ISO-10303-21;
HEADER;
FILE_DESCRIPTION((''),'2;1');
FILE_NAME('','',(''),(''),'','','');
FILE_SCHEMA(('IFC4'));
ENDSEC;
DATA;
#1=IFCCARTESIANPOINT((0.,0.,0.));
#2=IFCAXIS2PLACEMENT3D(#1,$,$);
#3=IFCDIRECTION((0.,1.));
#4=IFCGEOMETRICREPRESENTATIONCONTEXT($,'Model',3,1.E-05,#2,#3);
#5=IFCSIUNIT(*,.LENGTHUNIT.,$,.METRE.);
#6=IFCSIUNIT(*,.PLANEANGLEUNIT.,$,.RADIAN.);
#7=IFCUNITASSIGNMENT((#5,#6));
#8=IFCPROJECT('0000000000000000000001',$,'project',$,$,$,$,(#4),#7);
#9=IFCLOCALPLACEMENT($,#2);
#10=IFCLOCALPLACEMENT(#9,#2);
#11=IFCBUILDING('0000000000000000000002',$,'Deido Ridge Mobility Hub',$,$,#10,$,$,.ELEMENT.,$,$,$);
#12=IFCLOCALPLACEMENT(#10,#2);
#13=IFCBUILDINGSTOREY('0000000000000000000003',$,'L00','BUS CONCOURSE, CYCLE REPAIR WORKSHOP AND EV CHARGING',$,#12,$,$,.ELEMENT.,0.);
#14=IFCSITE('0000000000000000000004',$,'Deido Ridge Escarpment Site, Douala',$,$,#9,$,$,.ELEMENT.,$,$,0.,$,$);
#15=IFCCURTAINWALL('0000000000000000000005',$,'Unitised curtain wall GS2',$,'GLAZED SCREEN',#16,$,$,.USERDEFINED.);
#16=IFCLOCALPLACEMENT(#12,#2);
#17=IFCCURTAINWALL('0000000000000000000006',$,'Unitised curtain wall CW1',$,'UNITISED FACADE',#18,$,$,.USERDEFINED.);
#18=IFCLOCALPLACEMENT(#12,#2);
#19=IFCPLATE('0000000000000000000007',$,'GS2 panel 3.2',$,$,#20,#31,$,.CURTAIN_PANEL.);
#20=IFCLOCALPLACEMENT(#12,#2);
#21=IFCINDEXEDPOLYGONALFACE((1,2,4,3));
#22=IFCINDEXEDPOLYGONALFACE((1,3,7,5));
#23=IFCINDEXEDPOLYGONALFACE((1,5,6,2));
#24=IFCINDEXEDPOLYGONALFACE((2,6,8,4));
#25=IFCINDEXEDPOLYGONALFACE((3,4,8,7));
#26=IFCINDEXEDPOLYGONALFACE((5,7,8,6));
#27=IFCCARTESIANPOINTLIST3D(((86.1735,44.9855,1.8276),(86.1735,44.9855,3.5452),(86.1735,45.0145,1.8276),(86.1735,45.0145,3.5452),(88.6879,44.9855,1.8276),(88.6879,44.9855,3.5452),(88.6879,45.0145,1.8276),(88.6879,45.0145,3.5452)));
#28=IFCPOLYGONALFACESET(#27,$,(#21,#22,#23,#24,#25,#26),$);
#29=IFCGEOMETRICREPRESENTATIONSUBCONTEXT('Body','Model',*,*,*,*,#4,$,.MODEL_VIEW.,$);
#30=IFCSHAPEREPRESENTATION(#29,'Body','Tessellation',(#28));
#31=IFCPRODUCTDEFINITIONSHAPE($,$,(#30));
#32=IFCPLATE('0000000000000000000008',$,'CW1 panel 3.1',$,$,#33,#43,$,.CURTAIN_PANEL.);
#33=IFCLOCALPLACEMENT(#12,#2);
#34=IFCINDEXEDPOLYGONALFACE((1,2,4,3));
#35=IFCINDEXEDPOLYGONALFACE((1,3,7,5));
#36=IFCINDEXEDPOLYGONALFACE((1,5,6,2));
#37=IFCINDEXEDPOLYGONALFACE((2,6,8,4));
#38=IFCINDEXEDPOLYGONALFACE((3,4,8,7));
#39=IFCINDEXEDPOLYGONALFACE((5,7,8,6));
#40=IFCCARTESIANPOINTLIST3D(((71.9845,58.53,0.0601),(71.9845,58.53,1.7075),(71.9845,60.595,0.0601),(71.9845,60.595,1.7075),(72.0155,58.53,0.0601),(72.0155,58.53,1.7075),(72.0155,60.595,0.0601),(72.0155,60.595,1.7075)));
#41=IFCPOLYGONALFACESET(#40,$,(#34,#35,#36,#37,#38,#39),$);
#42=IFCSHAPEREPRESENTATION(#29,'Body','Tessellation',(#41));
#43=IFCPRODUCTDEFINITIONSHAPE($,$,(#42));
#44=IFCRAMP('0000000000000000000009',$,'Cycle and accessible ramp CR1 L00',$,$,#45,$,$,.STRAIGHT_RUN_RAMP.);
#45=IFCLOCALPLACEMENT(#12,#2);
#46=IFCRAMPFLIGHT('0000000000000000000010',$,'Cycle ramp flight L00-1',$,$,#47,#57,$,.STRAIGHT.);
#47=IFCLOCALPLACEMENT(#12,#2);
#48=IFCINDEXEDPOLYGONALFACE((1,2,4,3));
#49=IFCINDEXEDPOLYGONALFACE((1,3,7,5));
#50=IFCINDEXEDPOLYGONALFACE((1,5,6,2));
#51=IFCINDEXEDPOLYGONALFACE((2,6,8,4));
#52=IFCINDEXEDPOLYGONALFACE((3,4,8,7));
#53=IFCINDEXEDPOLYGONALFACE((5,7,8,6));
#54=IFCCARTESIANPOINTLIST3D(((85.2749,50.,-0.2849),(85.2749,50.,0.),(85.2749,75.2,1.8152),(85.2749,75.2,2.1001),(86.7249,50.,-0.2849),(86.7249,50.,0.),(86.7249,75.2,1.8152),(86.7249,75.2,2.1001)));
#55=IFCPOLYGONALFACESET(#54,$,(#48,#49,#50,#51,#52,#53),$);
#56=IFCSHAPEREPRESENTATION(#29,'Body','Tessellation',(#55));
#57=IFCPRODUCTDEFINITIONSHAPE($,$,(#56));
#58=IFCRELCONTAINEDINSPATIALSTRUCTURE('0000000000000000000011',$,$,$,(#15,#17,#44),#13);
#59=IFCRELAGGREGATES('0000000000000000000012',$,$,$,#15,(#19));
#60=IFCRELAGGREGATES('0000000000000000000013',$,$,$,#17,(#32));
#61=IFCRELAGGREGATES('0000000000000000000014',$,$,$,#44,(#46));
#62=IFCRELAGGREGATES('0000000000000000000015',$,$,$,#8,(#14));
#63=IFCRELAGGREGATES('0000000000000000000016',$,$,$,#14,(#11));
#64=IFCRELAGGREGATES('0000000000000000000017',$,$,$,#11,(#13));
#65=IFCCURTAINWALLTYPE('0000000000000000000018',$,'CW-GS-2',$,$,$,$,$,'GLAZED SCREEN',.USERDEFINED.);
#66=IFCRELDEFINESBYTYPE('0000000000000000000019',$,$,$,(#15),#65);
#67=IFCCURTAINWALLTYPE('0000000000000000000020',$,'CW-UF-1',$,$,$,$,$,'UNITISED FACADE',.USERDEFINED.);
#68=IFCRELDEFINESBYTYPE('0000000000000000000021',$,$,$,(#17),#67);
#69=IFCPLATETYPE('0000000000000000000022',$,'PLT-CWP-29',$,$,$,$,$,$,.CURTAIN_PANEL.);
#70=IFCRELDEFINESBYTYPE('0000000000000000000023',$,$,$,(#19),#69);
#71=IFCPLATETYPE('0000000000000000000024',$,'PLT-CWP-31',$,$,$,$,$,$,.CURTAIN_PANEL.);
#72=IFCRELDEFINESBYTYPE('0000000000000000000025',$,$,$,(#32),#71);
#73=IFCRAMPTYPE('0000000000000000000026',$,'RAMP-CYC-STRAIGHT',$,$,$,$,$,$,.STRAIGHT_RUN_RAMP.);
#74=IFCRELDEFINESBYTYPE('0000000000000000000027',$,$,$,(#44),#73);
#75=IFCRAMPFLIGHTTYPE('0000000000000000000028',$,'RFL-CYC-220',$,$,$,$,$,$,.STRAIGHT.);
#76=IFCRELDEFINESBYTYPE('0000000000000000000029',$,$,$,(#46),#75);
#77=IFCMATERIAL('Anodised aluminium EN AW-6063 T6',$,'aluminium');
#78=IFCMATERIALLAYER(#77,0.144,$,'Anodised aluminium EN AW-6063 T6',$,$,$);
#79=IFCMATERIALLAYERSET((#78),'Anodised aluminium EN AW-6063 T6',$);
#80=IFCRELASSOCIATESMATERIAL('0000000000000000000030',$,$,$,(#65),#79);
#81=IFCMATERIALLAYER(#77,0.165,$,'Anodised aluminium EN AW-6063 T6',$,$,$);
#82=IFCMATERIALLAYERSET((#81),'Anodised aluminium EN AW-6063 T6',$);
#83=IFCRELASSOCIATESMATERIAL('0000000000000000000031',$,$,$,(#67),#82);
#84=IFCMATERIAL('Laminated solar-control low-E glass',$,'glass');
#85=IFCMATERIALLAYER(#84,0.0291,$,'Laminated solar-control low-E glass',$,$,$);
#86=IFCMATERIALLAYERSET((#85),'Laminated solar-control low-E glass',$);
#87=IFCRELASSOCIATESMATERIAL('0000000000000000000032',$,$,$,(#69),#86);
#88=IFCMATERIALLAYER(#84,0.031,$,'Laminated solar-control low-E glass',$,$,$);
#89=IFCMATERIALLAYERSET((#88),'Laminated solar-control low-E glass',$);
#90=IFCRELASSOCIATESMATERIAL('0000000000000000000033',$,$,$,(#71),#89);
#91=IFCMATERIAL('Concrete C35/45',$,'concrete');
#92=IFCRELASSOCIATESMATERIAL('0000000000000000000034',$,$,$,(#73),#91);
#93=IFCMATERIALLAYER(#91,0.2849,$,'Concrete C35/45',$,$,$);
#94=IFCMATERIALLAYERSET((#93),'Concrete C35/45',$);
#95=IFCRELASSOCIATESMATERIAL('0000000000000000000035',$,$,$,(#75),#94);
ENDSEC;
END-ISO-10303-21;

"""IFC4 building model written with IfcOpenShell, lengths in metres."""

from ifc_helpers import new_model, si_unit, direction, frame, origin, origin_2d, place, context, subcontext, project, spatial, polyline, rectangle, outline, extrude, material, layer, layer_set, type_object, element, aggregate, save


model = new_model("IFC4")

# Units and contexts
model_context = context("Model", 3, precision=1e-05, world=origin(), true_north=direction((0.0, 1.0)))
body_context = subcontext(model_context, "Body", "Model", "MODEL_VIEW")
ifc_project = project(units=[si_unit("LENGTHUNIT", "METRE"), si_unit("PLANEANGLEUNIT", "RADIAN")], contexts=[model_context])

# Site, building, storey
site_placement = place(None, origin())
site = spatial("IfcSite", under=ifc_project, at=site_placement, Name="Deido Ridge Escarpment Site, Douala", CompositionType="ELEMENT", RefElevation=0.0)
building_placement = place(site_placement, origin())
building = spatial("IfcBuilding", under=site, at=building_placement, Name="Deido Ridge Mobility Hub", CompositionType="ELEMENT")
storey_placement = place(building_placement, origin())
storey = spatial("IfcBuildingStorey", under=building, at=storey_placement, Name="L00", Description="BUS CONCOURSE, CYCLE REPAIR WORKSHOP AND EV CHARGING", CompositionType="ELEMENT", Elevation=0.0)

# Curtain wall
ifc_material_1 = material(Name="Anodised aluminium EN AW-6063 T6", Category="aluminium")
ifc_layer_1 = layer(ifc_material_1, 0.144, Name="Anodised aluminium EN AW-6063 T6")
ifc_layer_set_1 = layer_set([ifc_layer_1], Name="Anodised aluminium EN AW-6063 T6")
curtain_wall_type_1 = type_object("IfcCurtainWallType", Name="CW-GS-2", ElementType="GLAZED SCREEN", PredefinedType="USERDEFINED", material=ifc_layer_set_1)
curtain_wall_1_placement = place(storey_placement, origin())
curtain_wall_1 = element("IfcCurtainWall", 1, at=curtain_wall_1_placement, inside=storey, type_object=curtain_wall_type_1, Name="Unitised curtain wall GS2", ObjectType="GLAZED SCREEN", PredefinedType="USERDEFINED")

# Curtain wall
ifc_layer_2 = layer(ifc_material_1, 0.165, Name="Anodised aluminium EN AW-6063 T6")
ifc_layer_set_2 = layer_set([ifc_layer_2], Name="Anodised aluminium EN AW-6063 T6")
curtain_wall_type_2 = type_object("IfcCurtainWallType", Name="CW-UF-1", ElementType="UNITISED FACADE", PredefinedType="USERDEFINED", material=ifc_layer_set_2)
curtain_wall_2_placement = place(storey_placement, origin())
curtain_wall_2 = element("IfcCurtainWall", 2, at=curtain_wall_2_placement, inside=storey, type_object=curtain_wall_type_2, Name="Unitised curtain wall CW1", ObjectType="UNITISED FACADE", PredefinedType="USERDEFINED")

# Plates
ifc_material_2 = material(Name="Laminated solar-control low-E glass", Category="glass")
ifc_layer_3 = layer(ifc_material_2, 0.0291, Name="Laminated solar-control low-E glass")
ifc_layer_set_3 = layer_set([ifc_layer_3], Name="Laminated solar-control low-E glass")
plate_type_1 = type_object("IfcPlateType", Name="PLT-CWP-29", PredefinedType="CURTAIN_PANEL", material=ifc_layer_set_3)
plate_1_placement = place(storey_placement, frame((87.4307, 45.0, 1.8276), z_axis=(0.0, 0.0, 1.0), x_axis=(1.0, 0.0, 0.0)))
plate_1 = element("IfcPlate", 3, at=plate_1_placement, type_object=plate_type_1, Name="GS2 panel 3.2", PredefinedType="CURTAIN_PANEL", context=body_context, shape_type="SweptSolid", body=[
    extrude(rectangle(XDim=2.5144, YDim=0.0291, at=origin_2d()), origin(), (0.0, 0.0, 1.0), 1.7175),
])
aggregate(curtain_wall_1, [plate_1])
ifc_layer_4 = layer(ifc_material_2, 0.031, Name="Laminated solar-control low-E glass")
ifc_layer_set_4 = layer_set([ifc_layer_4], Name="Laminated solar-control low-E glass")
plate_type_2 = type_object("IfcPlateType", Name="PLT-CWP-31", PredefinedType="CURTAIN_PANEL", material=ifc_layer_set_4)
plate_2_placement = place(storey_placement, frame((72.0, 59.5625, 0.0601), z_axis=(0.0, 0.0, 1.0), x_axis=(0.0, 1.0, 0.0)))
plate_2 = element("IfcPlate", 4, at=plate_2_placement, type_object=plate_type_2, Name="CW1 panel 3.1", PredefinedType="CURTAIN_PANEL", context=body_context, shape_type="SweptSolid", body=[
    extrude(rectangle(XDim=2.0649, YDim=0.031, at=origin_2d()), origin(), (0.0, 0.0, 1.0), 1.6475),
])
aggregate(curtain_wall_2, [plate_2])

# Ramp, ramp flight
ifc_material_3 = material(Name="Concrete C35/45", Category="concrete")
ramp_type = type_object("IfcRampType", Name="RAMP-CYC-STRAIGHT", PredefinedType="STRAIGHT_RUN_RAMP", material=ifc_material_3)
ramp_placement = place(storey_placement, origin())
ramp = element("IfcRamp", 5, at=ramp_placement, inside=storey, type_object=ramp_type, Name="Cycle and accessible ramp CR1 L00", PredefinedType="STRAIGHT_RUN_RAMP")
ifc_layer_5 = layer(ifc_material_3, 0.2849, Name="Concrete C35/45")
ifc_layer_set_5 = layer_set([ifc_layer_5], Name="Concrete C35/45")
ramp_flight_type = type_object("IfcRampFlightType", Name="RFL-CYC-220", PredefinedType="STRAIGHT", material=ifc_layer_set_5)
ramp_flight_placement = place(storey_placement, frame((86.0, 50.0, 0.0), z_axis=(0.0, 0.0, 1.0), x_axis=(0.0, 1.0, 0.0)))
ramp_flight = element("IfcRampFlight", 6, at=ramp_flight_placement, type_object=ramp_flight_type, Name="Cycle ramp flight L00-1", PredefinedType="STRAIGHT", context=body_context, shape_type="SweptSolid", body=[
    extrude(outline(polyline([(0.0, 0.0), (0.0, -0.2849), (25.2, 1.8152), (25.2, 2.1001), (0.0, 0.0)])), frame((0.0, 0.7251, 0.0), z_axis=(0.0, -1.0, 0.0), x_axis=(1.0, 0.0, 0.0)), (0.0, 0.0, 1.0), 1.45),
])
aggregate(ramp, [ramp_flight])

save(model, "model.ifc")
